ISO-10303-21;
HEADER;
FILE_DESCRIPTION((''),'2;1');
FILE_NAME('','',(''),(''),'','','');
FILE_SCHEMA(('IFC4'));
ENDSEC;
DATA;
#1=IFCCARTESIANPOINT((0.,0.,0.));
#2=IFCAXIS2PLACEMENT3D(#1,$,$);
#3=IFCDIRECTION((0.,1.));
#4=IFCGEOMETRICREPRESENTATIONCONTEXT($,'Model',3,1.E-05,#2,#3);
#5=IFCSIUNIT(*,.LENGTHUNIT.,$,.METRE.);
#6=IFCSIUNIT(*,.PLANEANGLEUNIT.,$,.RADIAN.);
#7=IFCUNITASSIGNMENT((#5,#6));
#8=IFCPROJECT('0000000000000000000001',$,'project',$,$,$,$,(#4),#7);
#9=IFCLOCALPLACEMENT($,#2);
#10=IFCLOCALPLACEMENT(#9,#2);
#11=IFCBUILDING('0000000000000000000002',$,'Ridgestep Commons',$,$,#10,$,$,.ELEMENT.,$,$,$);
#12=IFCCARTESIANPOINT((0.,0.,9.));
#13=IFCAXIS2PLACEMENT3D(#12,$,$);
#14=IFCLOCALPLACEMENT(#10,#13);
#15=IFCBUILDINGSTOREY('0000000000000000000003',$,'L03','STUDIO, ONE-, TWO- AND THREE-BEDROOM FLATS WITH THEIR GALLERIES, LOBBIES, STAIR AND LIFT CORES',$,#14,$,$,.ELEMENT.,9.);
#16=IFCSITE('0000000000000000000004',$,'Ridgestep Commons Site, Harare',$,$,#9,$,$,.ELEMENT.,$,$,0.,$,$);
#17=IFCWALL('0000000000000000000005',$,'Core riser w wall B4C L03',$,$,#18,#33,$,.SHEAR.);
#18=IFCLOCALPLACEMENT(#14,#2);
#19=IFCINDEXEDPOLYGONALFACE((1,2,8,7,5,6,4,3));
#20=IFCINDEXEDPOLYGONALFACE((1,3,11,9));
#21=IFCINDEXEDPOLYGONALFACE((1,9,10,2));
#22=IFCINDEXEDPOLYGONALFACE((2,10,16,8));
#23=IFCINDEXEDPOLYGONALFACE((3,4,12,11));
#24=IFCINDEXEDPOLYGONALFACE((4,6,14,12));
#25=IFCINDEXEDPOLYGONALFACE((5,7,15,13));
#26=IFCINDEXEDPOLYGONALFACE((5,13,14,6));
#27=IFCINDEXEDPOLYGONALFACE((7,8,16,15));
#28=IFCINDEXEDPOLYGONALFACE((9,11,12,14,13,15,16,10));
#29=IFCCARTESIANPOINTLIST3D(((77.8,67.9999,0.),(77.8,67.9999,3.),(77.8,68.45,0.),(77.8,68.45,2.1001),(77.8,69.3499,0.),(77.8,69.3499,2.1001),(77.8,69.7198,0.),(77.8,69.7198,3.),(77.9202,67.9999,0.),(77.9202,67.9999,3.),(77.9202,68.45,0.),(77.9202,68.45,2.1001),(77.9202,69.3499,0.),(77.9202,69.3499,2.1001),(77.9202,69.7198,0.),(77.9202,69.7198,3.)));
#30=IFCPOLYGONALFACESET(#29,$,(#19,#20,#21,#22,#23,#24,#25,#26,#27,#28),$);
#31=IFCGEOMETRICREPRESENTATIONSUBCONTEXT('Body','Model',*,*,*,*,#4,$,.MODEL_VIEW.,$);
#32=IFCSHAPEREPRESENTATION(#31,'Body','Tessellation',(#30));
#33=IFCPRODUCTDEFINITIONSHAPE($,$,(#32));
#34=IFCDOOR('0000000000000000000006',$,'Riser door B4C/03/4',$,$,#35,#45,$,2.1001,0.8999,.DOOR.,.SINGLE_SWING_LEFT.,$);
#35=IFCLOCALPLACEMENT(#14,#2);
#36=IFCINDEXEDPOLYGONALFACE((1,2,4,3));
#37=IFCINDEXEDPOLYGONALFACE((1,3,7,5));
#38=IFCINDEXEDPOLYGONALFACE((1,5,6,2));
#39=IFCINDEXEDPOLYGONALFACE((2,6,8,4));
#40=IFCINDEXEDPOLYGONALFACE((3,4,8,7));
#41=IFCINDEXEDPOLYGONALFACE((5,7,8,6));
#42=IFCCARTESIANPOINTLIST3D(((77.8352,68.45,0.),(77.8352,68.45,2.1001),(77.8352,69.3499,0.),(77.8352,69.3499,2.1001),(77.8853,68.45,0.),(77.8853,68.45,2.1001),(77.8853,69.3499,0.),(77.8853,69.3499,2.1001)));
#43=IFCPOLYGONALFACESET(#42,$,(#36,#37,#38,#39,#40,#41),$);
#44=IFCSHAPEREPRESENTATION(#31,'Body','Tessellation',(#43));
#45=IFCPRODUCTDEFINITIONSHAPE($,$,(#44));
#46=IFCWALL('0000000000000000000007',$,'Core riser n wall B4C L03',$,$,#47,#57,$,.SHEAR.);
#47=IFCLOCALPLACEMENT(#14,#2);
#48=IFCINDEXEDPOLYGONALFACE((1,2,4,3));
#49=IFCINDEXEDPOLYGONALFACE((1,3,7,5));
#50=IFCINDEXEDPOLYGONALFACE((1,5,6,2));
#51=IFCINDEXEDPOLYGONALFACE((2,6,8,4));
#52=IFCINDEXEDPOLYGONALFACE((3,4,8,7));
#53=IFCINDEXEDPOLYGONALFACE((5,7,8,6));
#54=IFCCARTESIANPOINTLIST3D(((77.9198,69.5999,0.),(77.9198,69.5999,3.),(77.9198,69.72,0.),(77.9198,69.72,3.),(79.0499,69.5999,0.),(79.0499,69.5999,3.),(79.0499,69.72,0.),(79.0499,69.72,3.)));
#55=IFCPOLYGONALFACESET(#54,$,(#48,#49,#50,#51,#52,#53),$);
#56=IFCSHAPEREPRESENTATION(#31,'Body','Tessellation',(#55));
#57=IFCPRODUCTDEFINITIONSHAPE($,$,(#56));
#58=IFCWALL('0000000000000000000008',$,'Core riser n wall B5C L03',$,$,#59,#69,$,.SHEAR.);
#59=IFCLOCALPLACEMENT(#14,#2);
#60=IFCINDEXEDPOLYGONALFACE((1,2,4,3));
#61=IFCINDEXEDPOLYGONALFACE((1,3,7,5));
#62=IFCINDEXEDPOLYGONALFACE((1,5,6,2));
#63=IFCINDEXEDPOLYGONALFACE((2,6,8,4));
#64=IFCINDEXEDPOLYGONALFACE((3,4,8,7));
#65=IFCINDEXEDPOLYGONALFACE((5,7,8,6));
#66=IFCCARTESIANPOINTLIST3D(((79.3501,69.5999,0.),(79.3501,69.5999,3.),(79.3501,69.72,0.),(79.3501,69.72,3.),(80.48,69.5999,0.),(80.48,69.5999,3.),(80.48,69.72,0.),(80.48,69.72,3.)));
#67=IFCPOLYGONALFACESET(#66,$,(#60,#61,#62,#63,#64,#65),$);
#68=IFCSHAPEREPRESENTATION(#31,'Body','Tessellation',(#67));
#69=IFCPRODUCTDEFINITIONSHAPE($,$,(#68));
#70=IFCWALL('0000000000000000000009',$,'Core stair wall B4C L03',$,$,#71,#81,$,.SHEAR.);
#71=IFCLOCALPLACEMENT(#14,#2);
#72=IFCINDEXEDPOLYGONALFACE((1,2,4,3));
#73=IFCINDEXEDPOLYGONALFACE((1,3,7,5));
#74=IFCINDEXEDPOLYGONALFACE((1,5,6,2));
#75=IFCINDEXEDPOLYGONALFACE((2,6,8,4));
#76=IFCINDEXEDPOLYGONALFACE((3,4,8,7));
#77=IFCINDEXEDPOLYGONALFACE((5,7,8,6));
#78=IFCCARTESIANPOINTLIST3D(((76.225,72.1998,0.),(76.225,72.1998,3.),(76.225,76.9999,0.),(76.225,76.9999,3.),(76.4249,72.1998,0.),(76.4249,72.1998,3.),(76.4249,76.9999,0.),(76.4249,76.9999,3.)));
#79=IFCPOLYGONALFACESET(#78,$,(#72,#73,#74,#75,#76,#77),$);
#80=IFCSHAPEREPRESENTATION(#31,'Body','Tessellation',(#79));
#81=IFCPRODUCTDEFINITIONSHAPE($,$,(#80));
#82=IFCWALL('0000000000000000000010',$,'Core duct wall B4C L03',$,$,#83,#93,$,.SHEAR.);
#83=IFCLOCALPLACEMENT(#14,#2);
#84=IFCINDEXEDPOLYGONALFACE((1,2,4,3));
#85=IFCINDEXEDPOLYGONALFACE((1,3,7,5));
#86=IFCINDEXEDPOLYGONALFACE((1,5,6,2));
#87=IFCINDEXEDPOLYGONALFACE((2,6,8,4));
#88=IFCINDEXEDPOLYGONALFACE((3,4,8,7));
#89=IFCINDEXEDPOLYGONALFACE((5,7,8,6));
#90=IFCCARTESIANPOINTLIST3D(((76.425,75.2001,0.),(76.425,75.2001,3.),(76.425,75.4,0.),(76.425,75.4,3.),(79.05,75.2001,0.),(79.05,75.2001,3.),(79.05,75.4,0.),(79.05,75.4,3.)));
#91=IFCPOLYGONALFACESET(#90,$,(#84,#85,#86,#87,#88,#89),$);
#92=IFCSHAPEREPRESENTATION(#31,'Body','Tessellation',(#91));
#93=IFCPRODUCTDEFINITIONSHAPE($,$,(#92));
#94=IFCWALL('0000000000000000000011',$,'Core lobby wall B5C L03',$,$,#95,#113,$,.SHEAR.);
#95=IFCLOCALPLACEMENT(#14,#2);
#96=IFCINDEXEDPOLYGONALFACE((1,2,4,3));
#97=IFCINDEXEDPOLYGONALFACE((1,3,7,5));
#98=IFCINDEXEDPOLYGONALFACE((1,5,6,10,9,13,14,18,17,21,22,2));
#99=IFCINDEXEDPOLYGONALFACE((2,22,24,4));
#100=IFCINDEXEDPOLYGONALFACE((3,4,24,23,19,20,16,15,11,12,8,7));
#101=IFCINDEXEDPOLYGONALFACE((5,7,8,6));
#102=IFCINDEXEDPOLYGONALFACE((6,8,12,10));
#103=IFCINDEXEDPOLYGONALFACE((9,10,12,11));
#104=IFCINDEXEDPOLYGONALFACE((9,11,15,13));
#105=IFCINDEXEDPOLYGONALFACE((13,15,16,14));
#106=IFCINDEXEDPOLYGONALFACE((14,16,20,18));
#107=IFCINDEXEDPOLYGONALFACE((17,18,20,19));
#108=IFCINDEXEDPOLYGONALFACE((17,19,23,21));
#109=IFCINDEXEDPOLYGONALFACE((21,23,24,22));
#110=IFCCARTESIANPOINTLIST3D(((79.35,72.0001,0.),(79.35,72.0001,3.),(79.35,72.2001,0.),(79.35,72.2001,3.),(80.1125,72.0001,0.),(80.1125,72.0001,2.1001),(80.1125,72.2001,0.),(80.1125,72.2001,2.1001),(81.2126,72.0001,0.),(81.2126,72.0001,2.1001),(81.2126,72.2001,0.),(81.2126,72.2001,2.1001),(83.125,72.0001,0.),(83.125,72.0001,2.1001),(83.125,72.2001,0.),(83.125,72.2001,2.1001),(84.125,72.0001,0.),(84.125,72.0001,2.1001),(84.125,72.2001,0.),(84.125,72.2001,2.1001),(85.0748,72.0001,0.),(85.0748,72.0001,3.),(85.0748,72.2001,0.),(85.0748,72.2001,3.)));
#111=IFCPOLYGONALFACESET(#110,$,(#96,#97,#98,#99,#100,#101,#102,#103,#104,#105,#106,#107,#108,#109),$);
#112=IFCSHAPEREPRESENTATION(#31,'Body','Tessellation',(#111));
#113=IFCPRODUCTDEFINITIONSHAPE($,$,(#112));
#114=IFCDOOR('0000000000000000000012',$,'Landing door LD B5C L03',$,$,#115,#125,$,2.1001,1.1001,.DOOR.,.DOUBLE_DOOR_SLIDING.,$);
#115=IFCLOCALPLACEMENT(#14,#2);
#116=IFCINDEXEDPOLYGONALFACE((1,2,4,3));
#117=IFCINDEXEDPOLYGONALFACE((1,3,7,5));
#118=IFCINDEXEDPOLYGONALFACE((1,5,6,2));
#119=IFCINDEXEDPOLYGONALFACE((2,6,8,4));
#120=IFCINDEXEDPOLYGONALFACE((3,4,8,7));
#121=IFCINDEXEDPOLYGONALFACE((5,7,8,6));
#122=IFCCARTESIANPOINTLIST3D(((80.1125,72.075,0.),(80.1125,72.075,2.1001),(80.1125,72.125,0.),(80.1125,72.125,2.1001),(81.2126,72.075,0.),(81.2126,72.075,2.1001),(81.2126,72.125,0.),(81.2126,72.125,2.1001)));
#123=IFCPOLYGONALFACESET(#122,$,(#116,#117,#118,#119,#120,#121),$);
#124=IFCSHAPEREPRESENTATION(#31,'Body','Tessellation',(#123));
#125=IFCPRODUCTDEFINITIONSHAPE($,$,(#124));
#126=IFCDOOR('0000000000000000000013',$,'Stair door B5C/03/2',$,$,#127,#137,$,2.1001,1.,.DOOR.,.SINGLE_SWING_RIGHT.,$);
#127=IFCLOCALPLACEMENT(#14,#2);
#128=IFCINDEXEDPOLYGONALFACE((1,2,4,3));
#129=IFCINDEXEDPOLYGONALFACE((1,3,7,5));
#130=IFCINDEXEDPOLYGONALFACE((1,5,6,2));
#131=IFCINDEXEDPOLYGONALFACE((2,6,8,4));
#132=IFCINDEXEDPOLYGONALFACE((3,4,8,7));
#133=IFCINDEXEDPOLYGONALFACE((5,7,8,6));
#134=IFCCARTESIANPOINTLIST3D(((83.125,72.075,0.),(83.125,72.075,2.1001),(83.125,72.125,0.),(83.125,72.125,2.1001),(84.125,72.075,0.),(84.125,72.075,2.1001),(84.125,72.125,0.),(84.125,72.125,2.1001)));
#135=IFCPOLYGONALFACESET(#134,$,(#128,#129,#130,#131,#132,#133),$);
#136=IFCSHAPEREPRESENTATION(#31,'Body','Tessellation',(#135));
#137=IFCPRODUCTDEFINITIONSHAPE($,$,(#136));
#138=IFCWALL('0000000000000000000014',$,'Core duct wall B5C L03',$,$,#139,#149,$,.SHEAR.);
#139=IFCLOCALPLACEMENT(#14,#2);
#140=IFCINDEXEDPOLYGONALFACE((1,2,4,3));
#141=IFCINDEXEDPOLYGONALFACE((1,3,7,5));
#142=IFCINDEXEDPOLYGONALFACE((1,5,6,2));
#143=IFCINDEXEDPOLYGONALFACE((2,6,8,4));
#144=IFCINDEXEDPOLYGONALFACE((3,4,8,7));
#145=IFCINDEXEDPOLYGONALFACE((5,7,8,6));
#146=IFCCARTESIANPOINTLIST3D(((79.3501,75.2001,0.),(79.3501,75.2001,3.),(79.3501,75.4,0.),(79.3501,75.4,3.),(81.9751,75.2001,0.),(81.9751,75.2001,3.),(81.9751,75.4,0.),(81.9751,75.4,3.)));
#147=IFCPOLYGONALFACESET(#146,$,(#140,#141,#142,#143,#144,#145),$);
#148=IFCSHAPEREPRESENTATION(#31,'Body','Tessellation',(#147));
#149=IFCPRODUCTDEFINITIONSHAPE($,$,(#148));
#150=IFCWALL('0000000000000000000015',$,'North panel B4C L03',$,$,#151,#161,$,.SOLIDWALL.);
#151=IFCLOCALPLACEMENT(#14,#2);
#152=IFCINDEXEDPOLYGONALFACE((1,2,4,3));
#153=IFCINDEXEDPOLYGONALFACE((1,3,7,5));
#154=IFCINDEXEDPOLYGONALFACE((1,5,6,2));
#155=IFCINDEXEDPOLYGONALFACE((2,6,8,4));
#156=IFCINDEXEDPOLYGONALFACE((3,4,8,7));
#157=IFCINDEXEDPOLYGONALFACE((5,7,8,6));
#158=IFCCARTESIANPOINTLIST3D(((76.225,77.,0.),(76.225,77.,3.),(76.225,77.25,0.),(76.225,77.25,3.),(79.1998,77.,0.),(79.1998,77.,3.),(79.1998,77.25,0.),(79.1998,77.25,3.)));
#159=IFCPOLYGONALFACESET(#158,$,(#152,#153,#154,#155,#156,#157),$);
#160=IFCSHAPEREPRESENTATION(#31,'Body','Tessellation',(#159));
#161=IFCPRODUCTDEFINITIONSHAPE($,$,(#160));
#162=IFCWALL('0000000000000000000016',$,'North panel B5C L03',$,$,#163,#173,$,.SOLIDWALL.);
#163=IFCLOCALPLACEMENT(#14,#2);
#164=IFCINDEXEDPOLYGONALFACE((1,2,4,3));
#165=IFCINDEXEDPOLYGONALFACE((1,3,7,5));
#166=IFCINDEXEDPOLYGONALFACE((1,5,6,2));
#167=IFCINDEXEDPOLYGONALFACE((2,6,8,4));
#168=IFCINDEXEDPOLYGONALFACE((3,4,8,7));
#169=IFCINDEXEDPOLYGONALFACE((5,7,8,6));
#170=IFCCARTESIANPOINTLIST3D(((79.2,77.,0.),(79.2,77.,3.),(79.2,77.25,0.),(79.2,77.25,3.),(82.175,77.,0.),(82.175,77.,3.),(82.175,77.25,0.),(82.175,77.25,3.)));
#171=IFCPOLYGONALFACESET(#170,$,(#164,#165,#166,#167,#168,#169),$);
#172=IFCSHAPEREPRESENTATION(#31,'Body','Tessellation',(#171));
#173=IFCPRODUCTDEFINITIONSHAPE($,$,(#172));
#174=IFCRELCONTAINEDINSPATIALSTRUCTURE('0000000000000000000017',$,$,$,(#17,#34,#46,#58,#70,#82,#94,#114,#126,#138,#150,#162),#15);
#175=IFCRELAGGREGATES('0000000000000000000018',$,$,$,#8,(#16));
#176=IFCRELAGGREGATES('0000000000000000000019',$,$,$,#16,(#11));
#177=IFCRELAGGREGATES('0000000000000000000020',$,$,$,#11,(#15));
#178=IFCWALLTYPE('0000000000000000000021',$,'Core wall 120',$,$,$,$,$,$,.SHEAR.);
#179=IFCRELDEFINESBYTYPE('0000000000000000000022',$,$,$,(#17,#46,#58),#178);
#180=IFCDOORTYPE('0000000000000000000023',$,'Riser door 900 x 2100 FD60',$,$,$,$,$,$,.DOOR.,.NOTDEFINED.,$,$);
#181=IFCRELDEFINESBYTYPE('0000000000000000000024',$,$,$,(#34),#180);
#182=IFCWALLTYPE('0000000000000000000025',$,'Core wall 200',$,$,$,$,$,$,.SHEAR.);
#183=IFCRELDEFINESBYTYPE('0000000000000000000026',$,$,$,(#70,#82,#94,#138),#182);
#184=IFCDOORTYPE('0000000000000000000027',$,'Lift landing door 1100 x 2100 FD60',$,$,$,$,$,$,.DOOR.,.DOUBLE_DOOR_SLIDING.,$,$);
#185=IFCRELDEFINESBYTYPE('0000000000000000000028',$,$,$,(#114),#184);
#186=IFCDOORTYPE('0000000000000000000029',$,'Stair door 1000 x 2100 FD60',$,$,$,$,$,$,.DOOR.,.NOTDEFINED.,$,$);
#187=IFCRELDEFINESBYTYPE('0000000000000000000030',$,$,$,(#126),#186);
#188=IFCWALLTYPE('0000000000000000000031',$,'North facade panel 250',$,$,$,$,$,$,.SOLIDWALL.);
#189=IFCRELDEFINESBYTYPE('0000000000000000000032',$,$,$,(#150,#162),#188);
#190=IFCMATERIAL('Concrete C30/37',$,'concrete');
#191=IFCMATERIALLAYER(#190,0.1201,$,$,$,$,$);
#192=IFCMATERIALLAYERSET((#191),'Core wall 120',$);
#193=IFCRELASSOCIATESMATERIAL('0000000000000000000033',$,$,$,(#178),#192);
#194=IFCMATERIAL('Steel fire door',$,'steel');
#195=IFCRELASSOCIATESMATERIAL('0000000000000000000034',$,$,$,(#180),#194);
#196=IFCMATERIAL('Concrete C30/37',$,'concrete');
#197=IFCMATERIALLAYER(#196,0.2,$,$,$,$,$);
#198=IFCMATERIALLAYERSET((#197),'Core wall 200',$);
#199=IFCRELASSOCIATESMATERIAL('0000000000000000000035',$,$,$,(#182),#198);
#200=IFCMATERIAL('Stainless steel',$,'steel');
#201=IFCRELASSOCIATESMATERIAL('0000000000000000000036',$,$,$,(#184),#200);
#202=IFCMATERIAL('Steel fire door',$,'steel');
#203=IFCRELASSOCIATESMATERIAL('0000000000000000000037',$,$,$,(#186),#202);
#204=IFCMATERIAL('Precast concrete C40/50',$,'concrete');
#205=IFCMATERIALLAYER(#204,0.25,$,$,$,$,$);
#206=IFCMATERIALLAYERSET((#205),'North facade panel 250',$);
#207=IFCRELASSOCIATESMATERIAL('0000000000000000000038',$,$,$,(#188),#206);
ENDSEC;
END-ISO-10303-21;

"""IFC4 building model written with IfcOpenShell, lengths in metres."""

from ifc_helpers import new_model, si_unit, direction, frame, frame_2d, origin, place, context, subcontext, project, spatial, rectangle, extrude, material, layer, layer_set, type_object, element, fill, save


model = new_model("IFC4")

# Units and contexts
model_context = context("Model", 3, precision=1e-05, world=origin(), true_north=direction((0.0, 1.0)))
body_context = subcontext(model_context, "Body", "Model", "MODEL_VIEW")
ifc_project = project(units=[si_unit("LENGTHUNIT", "METRE"), si_unit("PLANEANGLEUNIT", "RADIAN")], contexts=[model_context])

# Site, building, storey
site_placement = place(None, origin())
site = spatial("IfcSite", under=ifc_project, at=site_placement, Name="Ridgestep Commons Site, Harare", CompositionType="ELEMENT", RefElevation=0.0)
building_placement = place(site_placement, origin())
building = spatial("IfcBuilding", under=site, at=building_placement, Name="Ridgestep Commons", CompositionType="ELEMENT")
storey_placement = place(building_placement, frame((0.0, 0.0, 9.0)))
storey = spatial("IfcBuildingStorey", under=building, at=storey_placement, Name="L03", Description="STUDIO, ONE-, TWO- AND THREE-BEDROOM FLATS WITH THEIR GALLERIES, LOBBIES, STAIR AND LIFT CORES", CompositionType="ELEMENT", Elevation=9.0)

# Wall, opening, door
ifc_material_1 = material(Name="Concrete C30/37", Category="concrete")
ifc_layer_1 = layer(ifc_material_1, 0.1201)
ifc_layer_set_1 = layer_set([ifc_layer_1], Name="Core wall 120")
wall_type_1 = type_object("IfcWallType", Name="Core wall 120", PredefinedType="SHEAR", material=ifc_layer_set_1)
wall_1_placement = place(storey_placement, frame((77.8601, 68.0, 0.0), z_axis=(0.0, 0.0, 1.0), x_axis=(0.0, 1.0, 0.0)))
wall_1 = element("IfcWall", 1, at=wall_1_placement, inside=storey, type_object=wall_type_1, Name="Core riser w wall B4C L03", PredefinedType="SHEAR", context=body_context, shape_type="SweptSolid", body=[
    extrude(rectangle(XDim=1.72, YDim=0.1201, at=frame_2d((0.8599, 0.0))), origin(), (0.0, 0.0, 1.0), 3.0),
])
opening_1_placement = place(wall_1_placement, frame((0.45, 0.0, 0.0)))
opening_1 = element("IfcOpeningElement", 2, at=opening_1_placement, cuts=wall_1, PredefinedType="OPENING", context=body_context, shape_type="SweptSolid", body=[
    extrude(rectangle(XDim=0.8999, YDim=2.1001, at=frame_2d((0.45, 1.05))), frame((0.0, 0.0701, 0.0), z_axis=(0.0, -1.0, 0.0), x_axis=(1.0, 0.0, 0.0)), (0.0, 0.0, 1.0), 0.1401),
])
ifc_material_2 = material(Name="Steel fire door", Category="steel")
door_type_1 = type_object("IfcDoorType", Name="Riser door 900 x 2100 FD60", OperationType="NOTDEFINED", PredefinedType="DOOR", material=ifc_material_2)
door_1_placement = place(opening_1_placement, origin())
door_1 = element("IfcDoor", 3, at=door_1_placement, inside=storey, type_object=door_type_1, Name="Riser door B4C/03/4", OperationType="SINGLE_SWING_LEFT", OverallHeight=2.1001, OverallWidth=0.8999, PredefinedType="DOOR", context=body_context, shape_type="SweptSolid", body=[
    extrude(rectangle(XDim=0.8999, YDim=2.1001, at=frame_2d((0.45, 1.05))), frame((0.0, 0.0249, 0.0), z_axis=(0.0, -1.0, 0.0), x_axis=(1.0, 0.0, 0.0)), (0.0, 0.0, 1.0), 0.05),
])
fill(opening_1, door_1)

# Walls
wall_2_placement = place(storey_placement, frame((77.9199, 69.6599, 0.0), z_axis=(0.0, 0.0, 1.0), x_axis=(1.0, 0.0, 0.0)))
element("IfcWall", 4, at=wall_2_placement, inside=storey, type_object=wall_type_1, Name="Core riser n wall B4C L03", PredefinedType="SHEAR", context=body_context, shape_type="SweptSolid", body=[
    extrude(rectangle(XDim=1.1301, YDim=0.1201, at=frame_2d((0.5649, 0.0))), origin(), (0.0, 0.0, 1.0), 3.0),
])
wall_3_placement = place(storey_placement, frame((79.3501, 69.6599, 0.0), z_axis=(0.0, 0.0, 1.0), x_axis=(1.0, 0.0, 0.0)))
element("IfcWall", 5, at=wall_3_placement, inside=storey, type_object=wall_type_1, Name="Core riser n wall B5C L03", PredefinedType="SHEAR", context=body_context, shape_type="SweptSolid", body=[
    extrude(rectangle(XDim=1.1299, YDim=0.1201, at=frame_2d((0.5649, 0.0))), origin(), (0.0, 0.0, 1.0), 3.0),
])
ifc_material_3 = material(Name="Concrete C30/37", Category="concrete")
ifc_layer_2 = layer(ifc_material_3, 0.2)
ifc_layer_set_2 = layer_set([ifc_layer_2], Name="Core wall 200")
wall_type_2 = type_object("IfcWallType", Name="Core wall 200", PredefinedType="SHEAR", material=ifc_layer_set_2)
wall_4_placement = place(storey_placement, frame((76.325, 72.2, 0.0), z_axis=(0.0, 0.0, 1.0), x_axis=(0.0, 1.0, 0.0)))
element("IfcWall", 6, at=wall_4_placement, inside=storey, type_object=wall_type_2, Name="Core stair wall B4C L03", PredefinedType="SHEAR", context=body_context, shape_type="SweptSolid", body=[
    extrude(rectangle(XDim=4.8, YDim=0.2, at=frame_2d((2.3999, 0.0))), origin(), (0.0, 0.0, 1.0), 3.0),
])
wall_5_placement = place(storey_placement, frame((76.425, 75.3, 0.0), z_axis=(0.0, 0.0, 1.0), x_axis=(1.0, 0.0, 0.0)))
element("IfcWall", 7, at=wall_5_placement, inside=storey, type_object=wall_type_2, Name="Core duct wall B4C L03", PredefinedType="SHEAR", context=body_context, shape_type="SweptSolid", body=[
    extrude(rectangle(XDim=2.625, YDim=0.2, at=frame_2d((1.3125, 0.0))), origin(), (0.0, 0.0, 1.0), 3.0),
])

# Wall, openings, doors
wall_6_placement = place(storey_placement, frame((79.3501, 72.1001, 0.0), z_axis=(0.0, 0.0, 1.0), x_axis=(1.0, 0.0, 0.0)))
wall_6 = element("IfcWall", 8, at=wall_6_placement, inside=storey, type_object=wall_type_2, Name="Core lobby wall B5C L03", PredefinedType="SHEAR", context=body_context, shape_type="SweptSolid", body=[
    extrude(rectangle(XDim=5.7249, YDim=0.2, at=frame_2d((2.8623, 0.0))), origin(), (0.0, 0.0, 1.0), 3.0),
])
opening_2_placement = place(wall_6_placement, frame((3.7749, 0.0, 0.0)))
opening_2 = element("IfcOpeningElement", 9, at=opening_2_placement, cuts=wall_6, PredefinedType="OPENING", context=body_context, shape_type="SweptSolid", body=[
    extrude(rectangle(XDim=1.0, YDim=2.1001, at=frame_2d((0.5, 1.05))), frame((0.0, 0.1099, 0.0), z_axis=(0.0, -1.0, 0.0), x_axis=(1.0, 0.0, 0.0)), (0.0, 0.0, 1.0), 0.22),
])
opening_3_placement = place(wall_6_placement, frame((0.7625, 0.0, 0.0)))
opening_3 = element("IfcOpeningElement", 10, at=opening_3_placement, cuts=wall_6, PredefinedType="OPENING", context=body_context, shape_type="SweptSolid", body=[
    extrude(rectangle(XDim=1.1001, YDim=2.1001, at=frame_2d((0.55, 1.05))), frame((0.0, 0.1099, 0.0), z_axis=(0.0, -1.0, 0.0), x_axis=(1.0, 0.0, 0.0)), (0.0, 0.0, 1.0), 0.22),
])
ifc_material_4 = material(Name="Stainless steel", Category="steel")
door_type_2 = type_object("IfcDoorType", Name="Lift landing door 1100 x 2100 FD60", OperationType="DOUBLE_DOOR_SLIDING", PredefinedType="DOOR", material=ifc_material_4)
door_2_placement = place(opening_3_placement, origin())
door_2 = element("IfcDoor", 11, at=door_2_placement, inside=storey, type_object=door_type_2, Name="Landing door LD B5C L03", OperationType="DOUBLE_DOOR_SLIDING", OverallHeight=2.1001, OverallWidth=1.1001, PredefinedType="DOOR", context=body_context, shape_type="SweptSolid", body=[
    extrude(rectangle(XDim=1.1001, YDim=2.1001, at=frame_2d((0.55, 1.05))), frame((0.0, 0.0249, 0.0), z_axis=(0.0, -1.0, 0.0), x_axis=(1.0, 0.0, 0.0)), (0.0, 0.0, 1.0), 0.05),
])
fill(opening_3, door_2)
ifc_material_5 = material(Name="Steel fire door", Category="steel")
door_type_3 = type_object("IfcDoorType", Name="Stair door 1000 x 2100 FD60", OperationType="NOTDEFINED", PredefinedType="DOOR", material=ifc_material_5)
door_3_placement = place(opening_2_placement, origin())
door_3 = element("IfcDoor", 12, at=door_3_placement, inside=storey, type_object=door_type_3, Name="Stair door B5C/03/2", OperationType="SINGLE_SWING_RIGHT", OverallHeight=2.1001, OverallWidth=1.0, PredefinedType="DOOR", context=body_context, shape_type="SweptSolid", body=[
    extrude(rectangle(XDim=1.0, YDim=2.1001, at=frame_2d((0.5, 1.05))), frame((0.0, 0.0249, 0.0), z_axis=(0.0, -1.0, 0.0), x_axis=(1.0, 0.0, 0.0)), (0.0, 0.0, 1.0), 0.05),
])
fill(opening_2, door_3)

# Walls
wall_7_placement = place(storey_placement, frame((79.3501, 75.3, 0.0), z_axis=(0.0, 0.0, 1.0), x_axis=(1.0, 0.0, 0.0)))
element("IfcWall", 13, at=wall_7_placement, inside=storey, type_object=wall_type_2, Name="Core duct wall B5C L03", PredefinedType="SHEAR", context=body_context, shape_type="SweptSolid", body=[
    extrude(rectangle(XDim=2.625, YDim=0.2, at=frame_2d((1.3125, 0.0))), origin(), (0.0, 0.0, 1.0), 3.0),
])
ifc_material_6 = material(Name="Precast concrete C40/50", Category="concrete")
ifc_layer_3 = layer(ifc_material_6, 0.25)
ifc_layer_set_3 = layer_set([ifc_layer_3], Name="North facade panel 250")
wall_type_3 = type_object("IfcWallType", Name="North facade panel 250", PredefinedType="SOLIDWALL", material=ifc_layer_set_3)
wall_8_placement = place(storey_placement, frame((76.2251, 77.125, 0.0), z_axis=(0.0, 0.0, 1.0), x_axis=(1.0, 0.0, 0.0)))
element("IfcWall", 14, at=wall_8_placement, inside=storey, type_object=wall_type_3, Name="North panel B4C L03", PredefinedType="SOLIDWALL", context=body_context, shape_type="SweptSolid", body=[
    extrude(rectangle(XDim=2.9749, YDim=0.25, at=frame_2d((1.4873, 0.0))), origin(), (0.0, 0.0, 1.0), 3.0),
])
wall_9_placement = place(storey_placement, frame((79.2, 77.125, 0.0), z_axis=(0.0, 0.0, 1.0), x_axis=(1.0, 0.0, 0.0)))
element("IfcWall", 15, at=wall_9_placement, inside=storey, type_object=wall_type_3, Name="North panel B5C L03", PredefinedType="SOLIDWALL", context=body_context, shape_type="SweptSolid", body=[
    extrude(rectangle(XDim=2.9751, YDim=0.25, at=frame_2d((1.4875, 0.0))), origin(), (0.0, 0.0, 1.0), 3.0),
])

save(model, "model.ifc")
